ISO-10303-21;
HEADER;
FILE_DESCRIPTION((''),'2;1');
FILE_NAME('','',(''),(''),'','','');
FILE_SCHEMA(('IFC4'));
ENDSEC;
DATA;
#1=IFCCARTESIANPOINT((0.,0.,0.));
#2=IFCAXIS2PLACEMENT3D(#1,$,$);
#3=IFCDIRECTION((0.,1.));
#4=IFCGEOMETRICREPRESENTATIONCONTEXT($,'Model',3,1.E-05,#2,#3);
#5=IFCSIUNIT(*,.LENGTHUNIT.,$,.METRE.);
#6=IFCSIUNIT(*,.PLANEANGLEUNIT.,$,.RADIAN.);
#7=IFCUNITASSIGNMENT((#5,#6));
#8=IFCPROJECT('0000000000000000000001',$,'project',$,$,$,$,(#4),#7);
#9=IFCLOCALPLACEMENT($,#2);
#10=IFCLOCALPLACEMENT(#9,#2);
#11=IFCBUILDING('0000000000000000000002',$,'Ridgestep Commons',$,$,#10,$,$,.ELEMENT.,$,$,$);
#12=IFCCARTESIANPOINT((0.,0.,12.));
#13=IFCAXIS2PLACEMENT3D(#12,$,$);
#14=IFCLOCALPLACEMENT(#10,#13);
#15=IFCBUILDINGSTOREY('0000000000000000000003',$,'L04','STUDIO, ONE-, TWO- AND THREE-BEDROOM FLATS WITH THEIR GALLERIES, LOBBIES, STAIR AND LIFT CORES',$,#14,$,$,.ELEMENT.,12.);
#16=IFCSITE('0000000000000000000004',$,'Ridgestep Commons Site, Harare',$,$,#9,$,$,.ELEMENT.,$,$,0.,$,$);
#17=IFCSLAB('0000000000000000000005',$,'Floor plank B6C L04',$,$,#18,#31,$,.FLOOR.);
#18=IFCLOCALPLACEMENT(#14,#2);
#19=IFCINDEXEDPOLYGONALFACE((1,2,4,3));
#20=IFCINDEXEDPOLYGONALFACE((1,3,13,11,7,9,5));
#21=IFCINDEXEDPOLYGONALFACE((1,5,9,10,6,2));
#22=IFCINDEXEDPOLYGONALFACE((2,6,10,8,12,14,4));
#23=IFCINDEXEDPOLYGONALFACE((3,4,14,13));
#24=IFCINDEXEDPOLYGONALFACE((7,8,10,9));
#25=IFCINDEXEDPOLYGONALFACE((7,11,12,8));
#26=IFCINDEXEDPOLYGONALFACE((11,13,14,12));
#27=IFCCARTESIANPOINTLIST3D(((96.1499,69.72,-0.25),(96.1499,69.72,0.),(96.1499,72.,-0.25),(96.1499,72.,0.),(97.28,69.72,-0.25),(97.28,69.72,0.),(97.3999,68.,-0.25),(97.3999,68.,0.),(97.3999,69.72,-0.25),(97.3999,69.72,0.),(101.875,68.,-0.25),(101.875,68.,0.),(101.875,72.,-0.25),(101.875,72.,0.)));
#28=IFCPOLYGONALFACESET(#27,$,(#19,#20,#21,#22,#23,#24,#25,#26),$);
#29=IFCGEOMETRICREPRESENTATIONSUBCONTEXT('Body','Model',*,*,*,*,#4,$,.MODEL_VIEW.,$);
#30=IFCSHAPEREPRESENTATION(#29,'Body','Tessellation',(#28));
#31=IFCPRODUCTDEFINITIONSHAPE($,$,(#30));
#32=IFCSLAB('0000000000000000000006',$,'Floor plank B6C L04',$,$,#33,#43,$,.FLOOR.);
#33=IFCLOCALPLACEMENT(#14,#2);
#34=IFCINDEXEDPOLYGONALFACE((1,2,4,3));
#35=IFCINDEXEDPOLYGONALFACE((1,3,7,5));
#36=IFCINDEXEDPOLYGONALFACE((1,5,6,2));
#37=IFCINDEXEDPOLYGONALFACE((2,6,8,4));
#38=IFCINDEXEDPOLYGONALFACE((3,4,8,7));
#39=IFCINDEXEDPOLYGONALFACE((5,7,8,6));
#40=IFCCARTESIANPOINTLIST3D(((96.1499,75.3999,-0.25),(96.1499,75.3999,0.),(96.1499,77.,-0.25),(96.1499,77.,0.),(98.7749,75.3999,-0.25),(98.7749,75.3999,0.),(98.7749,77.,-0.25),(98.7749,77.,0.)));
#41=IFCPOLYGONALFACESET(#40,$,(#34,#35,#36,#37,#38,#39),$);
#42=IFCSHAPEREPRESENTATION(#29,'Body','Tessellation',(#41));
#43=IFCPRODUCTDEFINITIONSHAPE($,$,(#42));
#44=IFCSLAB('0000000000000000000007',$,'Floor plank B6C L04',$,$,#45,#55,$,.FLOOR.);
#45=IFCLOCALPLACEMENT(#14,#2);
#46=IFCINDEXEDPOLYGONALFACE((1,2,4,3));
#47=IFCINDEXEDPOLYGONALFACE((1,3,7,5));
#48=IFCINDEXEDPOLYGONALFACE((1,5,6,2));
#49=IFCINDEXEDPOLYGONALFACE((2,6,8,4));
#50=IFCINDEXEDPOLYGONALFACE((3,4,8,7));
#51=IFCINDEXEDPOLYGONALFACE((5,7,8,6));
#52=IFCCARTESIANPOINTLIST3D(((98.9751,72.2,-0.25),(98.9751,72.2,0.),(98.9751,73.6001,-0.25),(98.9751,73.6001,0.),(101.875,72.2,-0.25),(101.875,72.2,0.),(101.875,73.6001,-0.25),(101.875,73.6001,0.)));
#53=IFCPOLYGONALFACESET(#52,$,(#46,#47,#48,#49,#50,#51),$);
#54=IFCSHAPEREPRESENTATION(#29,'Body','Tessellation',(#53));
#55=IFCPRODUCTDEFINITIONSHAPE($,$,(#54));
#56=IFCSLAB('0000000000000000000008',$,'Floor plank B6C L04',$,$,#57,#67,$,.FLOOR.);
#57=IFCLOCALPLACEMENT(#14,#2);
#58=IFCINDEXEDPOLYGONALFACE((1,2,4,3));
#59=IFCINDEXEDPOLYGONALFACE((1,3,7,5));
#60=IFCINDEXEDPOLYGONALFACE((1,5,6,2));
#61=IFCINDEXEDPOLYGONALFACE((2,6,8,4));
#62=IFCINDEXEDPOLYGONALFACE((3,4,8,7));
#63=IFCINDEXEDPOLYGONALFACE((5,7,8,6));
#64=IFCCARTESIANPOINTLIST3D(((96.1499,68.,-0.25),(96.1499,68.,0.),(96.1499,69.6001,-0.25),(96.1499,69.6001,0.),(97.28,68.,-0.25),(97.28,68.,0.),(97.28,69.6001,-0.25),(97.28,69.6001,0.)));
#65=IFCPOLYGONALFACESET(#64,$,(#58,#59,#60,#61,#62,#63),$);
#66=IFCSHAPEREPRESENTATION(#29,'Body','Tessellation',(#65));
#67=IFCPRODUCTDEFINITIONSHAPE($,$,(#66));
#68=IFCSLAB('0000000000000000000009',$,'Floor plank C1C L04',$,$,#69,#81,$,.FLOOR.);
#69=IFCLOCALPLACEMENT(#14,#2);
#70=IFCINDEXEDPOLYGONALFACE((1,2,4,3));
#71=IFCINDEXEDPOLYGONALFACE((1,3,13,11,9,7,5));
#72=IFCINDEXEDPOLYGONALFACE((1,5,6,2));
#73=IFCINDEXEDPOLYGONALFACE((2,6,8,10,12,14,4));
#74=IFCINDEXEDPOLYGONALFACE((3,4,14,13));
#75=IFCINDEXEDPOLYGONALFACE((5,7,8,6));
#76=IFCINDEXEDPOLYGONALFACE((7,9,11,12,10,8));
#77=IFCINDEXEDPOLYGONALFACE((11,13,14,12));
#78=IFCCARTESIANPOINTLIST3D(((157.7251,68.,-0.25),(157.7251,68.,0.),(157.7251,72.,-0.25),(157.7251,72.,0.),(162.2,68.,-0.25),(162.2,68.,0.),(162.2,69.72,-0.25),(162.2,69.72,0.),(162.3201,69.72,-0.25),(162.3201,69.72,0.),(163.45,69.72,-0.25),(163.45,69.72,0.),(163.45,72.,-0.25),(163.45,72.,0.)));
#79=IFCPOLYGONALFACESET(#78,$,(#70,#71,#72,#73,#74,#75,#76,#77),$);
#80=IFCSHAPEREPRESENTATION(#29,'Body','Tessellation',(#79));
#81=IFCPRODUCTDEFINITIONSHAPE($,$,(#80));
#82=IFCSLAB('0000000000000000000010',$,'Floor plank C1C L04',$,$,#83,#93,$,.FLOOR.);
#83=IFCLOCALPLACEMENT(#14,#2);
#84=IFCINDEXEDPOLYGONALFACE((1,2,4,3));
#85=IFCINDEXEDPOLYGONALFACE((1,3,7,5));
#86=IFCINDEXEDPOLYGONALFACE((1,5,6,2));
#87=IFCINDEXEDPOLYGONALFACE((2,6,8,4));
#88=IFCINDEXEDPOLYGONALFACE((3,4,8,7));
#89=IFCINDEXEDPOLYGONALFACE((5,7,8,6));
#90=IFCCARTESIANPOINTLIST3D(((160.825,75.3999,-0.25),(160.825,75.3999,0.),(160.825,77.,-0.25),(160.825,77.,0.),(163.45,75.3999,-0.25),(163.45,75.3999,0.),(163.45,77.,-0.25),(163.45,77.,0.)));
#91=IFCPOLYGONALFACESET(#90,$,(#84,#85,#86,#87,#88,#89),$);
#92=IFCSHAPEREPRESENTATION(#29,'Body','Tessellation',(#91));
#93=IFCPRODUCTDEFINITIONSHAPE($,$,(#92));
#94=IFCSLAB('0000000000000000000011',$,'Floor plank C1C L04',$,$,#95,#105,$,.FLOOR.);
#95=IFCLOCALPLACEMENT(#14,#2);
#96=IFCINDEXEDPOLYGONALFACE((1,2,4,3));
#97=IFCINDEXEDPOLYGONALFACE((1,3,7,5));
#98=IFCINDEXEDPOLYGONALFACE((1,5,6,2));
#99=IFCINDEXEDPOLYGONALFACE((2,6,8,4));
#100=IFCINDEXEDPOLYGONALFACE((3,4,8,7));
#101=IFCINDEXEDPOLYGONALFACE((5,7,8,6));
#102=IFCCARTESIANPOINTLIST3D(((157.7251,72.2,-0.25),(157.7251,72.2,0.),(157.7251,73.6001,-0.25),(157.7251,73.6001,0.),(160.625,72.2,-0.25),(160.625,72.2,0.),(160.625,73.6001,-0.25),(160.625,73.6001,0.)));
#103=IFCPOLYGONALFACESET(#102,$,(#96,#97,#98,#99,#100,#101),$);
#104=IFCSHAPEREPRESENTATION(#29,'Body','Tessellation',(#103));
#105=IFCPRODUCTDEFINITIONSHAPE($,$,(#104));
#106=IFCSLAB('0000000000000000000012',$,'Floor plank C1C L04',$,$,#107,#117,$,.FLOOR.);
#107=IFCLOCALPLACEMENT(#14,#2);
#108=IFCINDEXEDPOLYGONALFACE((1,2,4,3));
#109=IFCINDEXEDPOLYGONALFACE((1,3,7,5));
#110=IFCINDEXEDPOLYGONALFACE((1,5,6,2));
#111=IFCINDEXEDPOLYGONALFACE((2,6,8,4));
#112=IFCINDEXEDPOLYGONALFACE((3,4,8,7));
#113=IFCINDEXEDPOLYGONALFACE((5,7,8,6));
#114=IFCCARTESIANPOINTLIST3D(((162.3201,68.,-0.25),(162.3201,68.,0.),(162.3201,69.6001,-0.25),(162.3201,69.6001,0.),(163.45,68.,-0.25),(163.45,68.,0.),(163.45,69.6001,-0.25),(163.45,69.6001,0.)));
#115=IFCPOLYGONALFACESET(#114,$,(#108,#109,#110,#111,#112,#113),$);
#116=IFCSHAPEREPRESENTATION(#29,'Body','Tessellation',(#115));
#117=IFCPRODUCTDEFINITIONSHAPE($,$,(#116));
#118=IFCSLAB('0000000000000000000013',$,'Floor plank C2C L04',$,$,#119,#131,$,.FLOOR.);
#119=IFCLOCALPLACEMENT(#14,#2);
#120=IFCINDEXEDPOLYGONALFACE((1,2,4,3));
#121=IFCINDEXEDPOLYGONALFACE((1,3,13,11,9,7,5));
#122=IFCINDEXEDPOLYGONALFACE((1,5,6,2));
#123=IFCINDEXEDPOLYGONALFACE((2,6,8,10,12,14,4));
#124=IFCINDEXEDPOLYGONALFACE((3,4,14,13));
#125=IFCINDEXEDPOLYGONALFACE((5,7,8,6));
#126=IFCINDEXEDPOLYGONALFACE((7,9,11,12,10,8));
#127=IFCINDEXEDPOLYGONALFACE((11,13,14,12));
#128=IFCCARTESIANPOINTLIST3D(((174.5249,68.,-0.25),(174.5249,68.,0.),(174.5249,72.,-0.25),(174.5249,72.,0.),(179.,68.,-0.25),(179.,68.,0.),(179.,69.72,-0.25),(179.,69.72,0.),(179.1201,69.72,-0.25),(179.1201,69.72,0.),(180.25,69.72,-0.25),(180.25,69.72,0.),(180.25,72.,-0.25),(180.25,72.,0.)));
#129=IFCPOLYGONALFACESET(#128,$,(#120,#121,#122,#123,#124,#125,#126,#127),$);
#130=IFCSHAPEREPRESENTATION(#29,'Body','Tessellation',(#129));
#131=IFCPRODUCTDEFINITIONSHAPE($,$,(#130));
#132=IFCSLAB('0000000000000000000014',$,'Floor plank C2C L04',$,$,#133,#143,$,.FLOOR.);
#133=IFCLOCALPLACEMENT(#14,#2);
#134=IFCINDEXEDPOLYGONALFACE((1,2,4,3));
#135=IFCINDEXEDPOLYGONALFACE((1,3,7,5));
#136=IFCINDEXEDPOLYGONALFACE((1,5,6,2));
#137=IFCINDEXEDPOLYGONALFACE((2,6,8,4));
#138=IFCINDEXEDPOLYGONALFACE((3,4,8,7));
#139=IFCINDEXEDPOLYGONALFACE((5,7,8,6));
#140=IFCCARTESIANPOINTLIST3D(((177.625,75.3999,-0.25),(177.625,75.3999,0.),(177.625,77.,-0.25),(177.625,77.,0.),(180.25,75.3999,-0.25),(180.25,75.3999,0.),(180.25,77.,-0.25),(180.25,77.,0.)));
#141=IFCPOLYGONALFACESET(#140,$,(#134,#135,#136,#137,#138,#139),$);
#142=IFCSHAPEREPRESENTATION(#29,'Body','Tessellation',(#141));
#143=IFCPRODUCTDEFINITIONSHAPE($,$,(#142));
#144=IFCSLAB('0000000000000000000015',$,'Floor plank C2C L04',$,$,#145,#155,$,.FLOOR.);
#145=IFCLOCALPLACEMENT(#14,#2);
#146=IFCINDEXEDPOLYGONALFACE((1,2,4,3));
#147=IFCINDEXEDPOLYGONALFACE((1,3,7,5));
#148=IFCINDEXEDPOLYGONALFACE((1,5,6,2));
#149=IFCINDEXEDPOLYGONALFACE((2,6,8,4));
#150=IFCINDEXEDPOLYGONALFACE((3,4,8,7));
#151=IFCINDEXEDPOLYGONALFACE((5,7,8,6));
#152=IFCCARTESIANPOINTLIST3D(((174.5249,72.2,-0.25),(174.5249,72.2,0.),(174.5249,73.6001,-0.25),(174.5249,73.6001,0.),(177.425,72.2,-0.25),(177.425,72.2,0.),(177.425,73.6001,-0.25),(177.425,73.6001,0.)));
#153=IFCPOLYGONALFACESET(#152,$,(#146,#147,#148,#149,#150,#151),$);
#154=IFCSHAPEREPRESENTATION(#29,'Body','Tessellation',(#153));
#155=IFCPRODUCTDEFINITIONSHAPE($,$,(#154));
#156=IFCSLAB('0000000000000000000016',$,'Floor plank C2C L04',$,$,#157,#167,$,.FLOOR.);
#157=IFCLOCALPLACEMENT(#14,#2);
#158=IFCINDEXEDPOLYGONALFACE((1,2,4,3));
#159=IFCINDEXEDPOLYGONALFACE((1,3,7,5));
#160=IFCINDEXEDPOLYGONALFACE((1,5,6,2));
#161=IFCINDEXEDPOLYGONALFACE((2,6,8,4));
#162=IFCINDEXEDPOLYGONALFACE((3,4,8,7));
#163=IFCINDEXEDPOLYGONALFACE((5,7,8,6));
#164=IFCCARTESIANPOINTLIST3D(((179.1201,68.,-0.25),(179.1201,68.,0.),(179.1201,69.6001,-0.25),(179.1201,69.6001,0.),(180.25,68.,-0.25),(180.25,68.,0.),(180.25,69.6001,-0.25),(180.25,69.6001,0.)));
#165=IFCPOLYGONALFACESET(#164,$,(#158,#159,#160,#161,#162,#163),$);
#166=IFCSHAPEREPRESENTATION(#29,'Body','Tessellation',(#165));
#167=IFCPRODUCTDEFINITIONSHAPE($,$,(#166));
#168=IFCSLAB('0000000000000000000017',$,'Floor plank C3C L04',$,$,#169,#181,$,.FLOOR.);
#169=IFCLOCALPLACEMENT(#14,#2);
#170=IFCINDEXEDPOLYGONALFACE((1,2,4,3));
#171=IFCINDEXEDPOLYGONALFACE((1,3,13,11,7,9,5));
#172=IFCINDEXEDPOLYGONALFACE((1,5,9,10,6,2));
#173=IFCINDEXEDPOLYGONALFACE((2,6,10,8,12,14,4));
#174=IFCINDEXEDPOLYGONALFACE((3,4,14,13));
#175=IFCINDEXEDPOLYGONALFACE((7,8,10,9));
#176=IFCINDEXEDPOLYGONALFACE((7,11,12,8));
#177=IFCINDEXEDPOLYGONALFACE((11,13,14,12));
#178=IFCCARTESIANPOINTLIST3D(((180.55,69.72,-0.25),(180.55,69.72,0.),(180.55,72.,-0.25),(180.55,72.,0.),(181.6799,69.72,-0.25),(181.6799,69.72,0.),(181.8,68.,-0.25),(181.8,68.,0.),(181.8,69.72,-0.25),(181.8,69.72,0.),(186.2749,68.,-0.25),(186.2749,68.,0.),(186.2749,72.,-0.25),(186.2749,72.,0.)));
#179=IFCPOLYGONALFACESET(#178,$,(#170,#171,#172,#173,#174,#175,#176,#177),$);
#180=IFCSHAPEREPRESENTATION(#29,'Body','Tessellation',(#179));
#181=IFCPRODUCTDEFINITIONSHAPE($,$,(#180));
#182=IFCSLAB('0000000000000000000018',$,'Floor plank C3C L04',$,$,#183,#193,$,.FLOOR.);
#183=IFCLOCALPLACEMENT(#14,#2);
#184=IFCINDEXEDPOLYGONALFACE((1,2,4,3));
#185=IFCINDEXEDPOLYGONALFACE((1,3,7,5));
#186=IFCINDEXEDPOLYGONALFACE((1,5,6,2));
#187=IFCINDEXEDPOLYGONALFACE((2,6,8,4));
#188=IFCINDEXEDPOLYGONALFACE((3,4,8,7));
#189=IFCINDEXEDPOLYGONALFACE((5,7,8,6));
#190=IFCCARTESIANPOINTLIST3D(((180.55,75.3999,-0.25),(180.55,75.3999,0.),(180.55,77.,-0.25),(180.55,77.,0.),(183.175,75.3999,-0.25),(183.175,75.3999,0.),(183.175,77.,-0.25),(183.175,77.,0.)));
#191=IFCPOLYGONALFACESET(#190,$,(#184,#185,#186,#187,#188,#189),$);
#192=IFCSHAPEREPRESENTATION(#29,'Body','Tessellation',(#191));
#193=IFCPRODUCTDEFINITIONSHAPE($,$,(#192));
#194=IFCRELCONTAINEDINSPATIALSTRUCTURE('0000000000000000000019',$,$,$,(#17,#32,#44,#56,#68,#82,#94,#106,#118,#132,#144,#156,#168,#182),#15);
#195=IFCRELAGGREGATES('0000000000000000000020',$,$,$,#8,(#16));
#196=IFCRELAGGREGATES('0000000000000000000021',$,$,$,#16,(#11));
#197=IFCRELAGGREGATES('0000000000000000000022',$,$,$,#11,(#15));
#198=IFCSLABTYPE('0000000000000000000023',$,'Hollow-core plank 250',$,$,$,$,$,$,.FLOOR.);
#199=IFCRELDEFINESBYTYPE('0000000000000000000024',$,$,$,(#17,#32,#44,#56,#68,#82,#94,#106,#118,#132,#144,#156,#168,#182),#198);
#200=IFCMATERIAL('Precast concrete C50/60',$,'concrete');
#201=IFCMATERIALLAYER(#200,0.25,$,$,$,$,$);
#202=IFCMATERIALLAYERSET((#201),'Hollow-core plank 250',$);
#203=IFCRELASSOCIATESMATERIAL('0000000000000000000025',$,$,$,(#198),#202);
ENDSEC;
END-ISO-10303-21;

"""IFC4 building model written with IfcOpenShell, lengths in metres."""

from ifc_helpers import new_model, si_unit, direction, frame, origin, place, context, subcontext, project, spatial, polyline, outline, extrude, material, layer, layer_set, type_object, element, save


model = new_model("IFC4")

# Units and contexts
model_context = context("Model", 3, precision=1e-05, world=origin(), true_north=direction((0.0, 1.0)))
body_context = subcontext(model_context, "Body", "Model", "MODEL_VIEW")
ifc_project = project(units=[si_unit("LENGTHUNIT", "METRE"), si_unit("PLANEANGLEUNIT", "RADIAN")], contexts=[model_context])

# Site, building, storey
site_placement = place(None, origin())
site = spatial("IfcSite", under=ifc_project, at=site_placement, Name="Ridgestep Commons Site, Harare", CompositionType="ELEMENT", RefElevation=0.0)
building_placement = place(site_placement, origin())
building = spatial("IfcBuilding", under=site, at=building_placement, Name="Ridgestep Commons", CompositionType="ELEMENT")
storey_placement = place(building_placement, frame((0.0, 0.0, 12.0)))
storey = spatial("IfcBuildingStorey", under=building, at=storey_placement, Name="L04", Description="STUDIO, ONE-, TWO- AND THREE-BEDROOM FLATS WITH THEIR GALLERIES, LOBBIES, STAIR AND LIFT CORES", CompositionType="ELEMENT", Elevation=12.0)

# Slabs
ifc_material = material(Name="Precast concrete C50/60", Category="concrete")
ifc_layer = layer(ifc_material, 0.25)
ifc_layer_set = layer_set([ifc_layer], Name="Hollow-core plank 250")
slab_type = type_object("IfcSlabType", Name="Hollow-core plank 250", PredefinedType="FLOOR", material=ifc_layer_set)
slab_1_placement = place(storey_placement, frame((0.0, 0.0, -0.25)))
element("IfcSlab", 1, at=slab_1_placement, inside=storey, type_object=slab_type, Name="Floor plank B6C L04", PredefinedType="FLOOR", context=body_context, shape_type="SweptSolid", body=[
    extrude(outline(polyline([(97.3999, 68.0), (101.875, 68.0), (101.875, 72.0), (96.1499, 72.0), (96.1499, 69.72), (97.28, 69.72), (97.3999, 69.72), (97.3999, 68.0)])), origin(), (0.0, 0.0, 1.0), 0.25),
])
slab_2_placement = place(storey_placement, frame((0.0, 0.0, -0.25)))
element("IfcSlab", 2, at=slab_2_placement, inside=storey, type_object=slab_type, Name="Floor plank B6C L04", PredefinedType="FLOOR", context=body_context, shape_type="SweptSolid", body=[
    extrude(outline(polyline([(98.7749, 77.0), (96.1499, 77.0), (96.1499, 75.3999), (98.7749, 75.3999), (98.7749, 77.0)])), origin(), (0.0, 0.0, 1.0), 0.25),
])
slab_3_placement = place(storey_placement, frame((0.0, 0.0, -0.25)))
element("IfcSlab", 3, at=slab_3_placement, inside=storey, type_object=slab_type, Name="Floor plank B6C L04", PredefinedType="FLOOR", context=body_context, shape_type="SweptSolid", body=[
    extrude(outline(polyline([(101.875, 72.2), (101.875, 73.6001), (98.9751, 73.6001), (98.9751, 72.2), (101.875, 72.2)])), origin(), (0.0, 0.0, 1.0), 0.25),
])
slab_4_placement = place(storey_placement, frame((0.0, 0.0, -0.25)))
element("IfcSlab", 4, at=slab_4_placement, inside=storey, type_object=slab_type, Name="Floor plank B6C L04", PredefinedType="FLOOR", context=body_context, shape_type="SweptSolid", body=[
    extrude(outline(polyline([(97.28, 69.6001), (96.1499, 69.6001), (96.1499, 68.0), (97.28, 68.0), (97.28, 69.6001)])), origin(), (0.0, 0.0, 1.0), 0.25),
])
slab_5_placement = place(storey_placement, frame((0.0, 0.0, -0.25)))
element("IfcSlab", 5, at=slab_5_placement, inside=storey, type_object=slab_type, Name="Floor plank C1C L04", PredefinedType="FLOOR", context=body_context, shape_type="SweptSolid", body=[
    extrude(outline(polyline([(162.3201, 69.72), (163.45, 69.72), (163.45, 72.0), (157.7251, 72.0), (157.7251, 68.0), (162.2, 68.0), (162.2, 69.72), (162.3201, 69.72)])), origin(), (0.0, 0.0, 1.0), 0.25),
])
slab_6_placement = place(storey_placement, frame((0.0, 0.0, -0.25)))
element("IfcSlab", 6, at=slab_6_placement, inside=storey, type_object=slab_type, Name="Floor plank C1C L04", PredefinedType="FLOOR", context=body_context, shape_type="SweptSolid", body=[
    extrude(outline(polyline([(163.45, 75.3999), (163.45, 77.0), (160.825, 77.0), (160.825, 75.3999), (163.45, 75.3999)])), origin(), (0.0, 0.0, 1.0), 0.25),
])
slab_7_placement = place(storey_placement, frame((0.0, 0.0, -0.25)))
element("IfcSlab", 7, at=slab_7_placement, inside=storey, type_object=slab_type, Name="Floor plank C1C L04", PredefinedType="FLOOR", context=body_context, shape_type="SweptSolid", body=[
    extrude(outline(polyline([(160.625, 72.2), (160.625, 73.6001), (157.7251, 73.6001), (157.7251, 72.2), (160.625, 72.2)])), origin(), (0.0, 0.0, 1.0), 0.25),
])
slab_8_placement = place(storey_placement, frame((0.0, 0.0, -0.25)))
element("IfcSlab", 8, at=slab_8_placement, inside=storey, type_object=slab_type, Name="Floor plank C1C L04", PredefinedType="FLOOR", context=body_context, shape_type="SweptSolid", body=[
    extrude(outline(polyline([(162.3201, 68.0), (163.45, 68.0), (163.45, 69.6001), (162.3201, 69.6001), (162.3201, 68.0)])), origin(), (0.0, 0.0, 1.0), 0.25),
])
slab_9_placement = place(storey_placement, frame((0.0, 0.0, -0.25)))
element("IfcSlab", 9, at=slab_9_placement, inside=storey, type_object=slab_type, Name="Floor plank C2C L04", PredefinedType="FLOOR", context=body_context, shape_type="SweptSolid", body=[
    extrude(outline(polyline([(179.1201, 69.72), (180.25, 69.72), (180.25, 72.0), (174.5249, 72.0), (174.5249, 68.0), (179.0, 68.0), (179.0, 69.72), (179.1201, 69.72)])), origin(), (0.0, 0.0, 1.0), 0.25),
])
slab_10_placement = place(storey_placement, frame((0.0, 0.0, -0.25)))
element("IfcSlab", 10, at=slab_10_placement, inside=storey, type_object=slab_type, Name="Floor plank C2C L04", PredefinedType="FLOOR", context=body_context, shape_type="SweptSolid", body=[
    extrude(outline(polyline([(180.25, 75.3999), (180.25, 77.0), (177.625, 77.0), (177.625, 75.3999), (180.25, 75.3999)])), origin(), (0.0, 0.0, 1.0), 0.25),
])
slab_11_placement = place(storey_placement, frame((0.0, 0.0, -0.25)))
element("IfcSlab", 11, at=slab_11_placement, inside=storey, type_object=slab_type, Name="Floor plank C2C L04", PredefinedType="FLOOR", context=body_context, shape_type="SweptSolid", body=[
    extrude(outline(polyline([(177.425, 72.2), (177.425, 73.6001), (174.5249, 73.6001), (174.5249, 72.2), (177.425, 72.2)])), origin(), (0.0, 0.0, 1.0), 0.25),
])
slab_12_placement = place(storey_placement, frame((0.0, 0.0, -0.25)))
element("IfcSlab", 12, at=slab_12_placement, inside=storey, type_object=slab_type, Name="Floor plank C2C L04", PredefinedType="FLOOR", context=body_context, shape_type="SweptSolid", body=[
    extrude(outline(polyline([(179.1201, 68.0), (180.25, 68.0), (180.25, 69.6001), (179.1201, 69.6001), (179.1201, 68.0)])), origin(), (0.0, 0.0, 1.0), 0.25),
])
slab_13_placement = place(storey_placement, frame((0.0, 0.0, -0.25)))
element("IfcSlab", 13, at=slab_13_placement, inside=storey, type_object=slab_type, Name="Floor plank C3C L04", PredefinedType="FLOOR", context=body_context, shape_type="SweptSolid", body=[
    extrude(outline(polyline([(181.8, 68.0), (186.2749, 68.0), (186.2749, 72.0), (180.55, 72.0), (180.55, 69.72), (181.6799, 69.72), (181.8, 69.72), (181.8, 68.0)])), origin(), (0.0, 0.0, 1.0), 0.25),
])
slab_14_placement = place(storey_placement, frame((0.0, 0.0, -0.25)))
element("IfcSlab", 14, at=slab_14_placement, inside=storey, type_object=slab_type, Name="Floor plank C3C L04", PredefinedType="FLOOR", context=body_context, shape_type="SweptSolid", body=[
    extrude(outline(polyline([(183.175, 77.0), (180.55, 77.0), (180.55, 75.3999), (183.175, 75.3999), (183.175, 77.0)])), origin(), (0.0, 0.0, 1.0), 0.25),
])

save(model, "model.ifc")
